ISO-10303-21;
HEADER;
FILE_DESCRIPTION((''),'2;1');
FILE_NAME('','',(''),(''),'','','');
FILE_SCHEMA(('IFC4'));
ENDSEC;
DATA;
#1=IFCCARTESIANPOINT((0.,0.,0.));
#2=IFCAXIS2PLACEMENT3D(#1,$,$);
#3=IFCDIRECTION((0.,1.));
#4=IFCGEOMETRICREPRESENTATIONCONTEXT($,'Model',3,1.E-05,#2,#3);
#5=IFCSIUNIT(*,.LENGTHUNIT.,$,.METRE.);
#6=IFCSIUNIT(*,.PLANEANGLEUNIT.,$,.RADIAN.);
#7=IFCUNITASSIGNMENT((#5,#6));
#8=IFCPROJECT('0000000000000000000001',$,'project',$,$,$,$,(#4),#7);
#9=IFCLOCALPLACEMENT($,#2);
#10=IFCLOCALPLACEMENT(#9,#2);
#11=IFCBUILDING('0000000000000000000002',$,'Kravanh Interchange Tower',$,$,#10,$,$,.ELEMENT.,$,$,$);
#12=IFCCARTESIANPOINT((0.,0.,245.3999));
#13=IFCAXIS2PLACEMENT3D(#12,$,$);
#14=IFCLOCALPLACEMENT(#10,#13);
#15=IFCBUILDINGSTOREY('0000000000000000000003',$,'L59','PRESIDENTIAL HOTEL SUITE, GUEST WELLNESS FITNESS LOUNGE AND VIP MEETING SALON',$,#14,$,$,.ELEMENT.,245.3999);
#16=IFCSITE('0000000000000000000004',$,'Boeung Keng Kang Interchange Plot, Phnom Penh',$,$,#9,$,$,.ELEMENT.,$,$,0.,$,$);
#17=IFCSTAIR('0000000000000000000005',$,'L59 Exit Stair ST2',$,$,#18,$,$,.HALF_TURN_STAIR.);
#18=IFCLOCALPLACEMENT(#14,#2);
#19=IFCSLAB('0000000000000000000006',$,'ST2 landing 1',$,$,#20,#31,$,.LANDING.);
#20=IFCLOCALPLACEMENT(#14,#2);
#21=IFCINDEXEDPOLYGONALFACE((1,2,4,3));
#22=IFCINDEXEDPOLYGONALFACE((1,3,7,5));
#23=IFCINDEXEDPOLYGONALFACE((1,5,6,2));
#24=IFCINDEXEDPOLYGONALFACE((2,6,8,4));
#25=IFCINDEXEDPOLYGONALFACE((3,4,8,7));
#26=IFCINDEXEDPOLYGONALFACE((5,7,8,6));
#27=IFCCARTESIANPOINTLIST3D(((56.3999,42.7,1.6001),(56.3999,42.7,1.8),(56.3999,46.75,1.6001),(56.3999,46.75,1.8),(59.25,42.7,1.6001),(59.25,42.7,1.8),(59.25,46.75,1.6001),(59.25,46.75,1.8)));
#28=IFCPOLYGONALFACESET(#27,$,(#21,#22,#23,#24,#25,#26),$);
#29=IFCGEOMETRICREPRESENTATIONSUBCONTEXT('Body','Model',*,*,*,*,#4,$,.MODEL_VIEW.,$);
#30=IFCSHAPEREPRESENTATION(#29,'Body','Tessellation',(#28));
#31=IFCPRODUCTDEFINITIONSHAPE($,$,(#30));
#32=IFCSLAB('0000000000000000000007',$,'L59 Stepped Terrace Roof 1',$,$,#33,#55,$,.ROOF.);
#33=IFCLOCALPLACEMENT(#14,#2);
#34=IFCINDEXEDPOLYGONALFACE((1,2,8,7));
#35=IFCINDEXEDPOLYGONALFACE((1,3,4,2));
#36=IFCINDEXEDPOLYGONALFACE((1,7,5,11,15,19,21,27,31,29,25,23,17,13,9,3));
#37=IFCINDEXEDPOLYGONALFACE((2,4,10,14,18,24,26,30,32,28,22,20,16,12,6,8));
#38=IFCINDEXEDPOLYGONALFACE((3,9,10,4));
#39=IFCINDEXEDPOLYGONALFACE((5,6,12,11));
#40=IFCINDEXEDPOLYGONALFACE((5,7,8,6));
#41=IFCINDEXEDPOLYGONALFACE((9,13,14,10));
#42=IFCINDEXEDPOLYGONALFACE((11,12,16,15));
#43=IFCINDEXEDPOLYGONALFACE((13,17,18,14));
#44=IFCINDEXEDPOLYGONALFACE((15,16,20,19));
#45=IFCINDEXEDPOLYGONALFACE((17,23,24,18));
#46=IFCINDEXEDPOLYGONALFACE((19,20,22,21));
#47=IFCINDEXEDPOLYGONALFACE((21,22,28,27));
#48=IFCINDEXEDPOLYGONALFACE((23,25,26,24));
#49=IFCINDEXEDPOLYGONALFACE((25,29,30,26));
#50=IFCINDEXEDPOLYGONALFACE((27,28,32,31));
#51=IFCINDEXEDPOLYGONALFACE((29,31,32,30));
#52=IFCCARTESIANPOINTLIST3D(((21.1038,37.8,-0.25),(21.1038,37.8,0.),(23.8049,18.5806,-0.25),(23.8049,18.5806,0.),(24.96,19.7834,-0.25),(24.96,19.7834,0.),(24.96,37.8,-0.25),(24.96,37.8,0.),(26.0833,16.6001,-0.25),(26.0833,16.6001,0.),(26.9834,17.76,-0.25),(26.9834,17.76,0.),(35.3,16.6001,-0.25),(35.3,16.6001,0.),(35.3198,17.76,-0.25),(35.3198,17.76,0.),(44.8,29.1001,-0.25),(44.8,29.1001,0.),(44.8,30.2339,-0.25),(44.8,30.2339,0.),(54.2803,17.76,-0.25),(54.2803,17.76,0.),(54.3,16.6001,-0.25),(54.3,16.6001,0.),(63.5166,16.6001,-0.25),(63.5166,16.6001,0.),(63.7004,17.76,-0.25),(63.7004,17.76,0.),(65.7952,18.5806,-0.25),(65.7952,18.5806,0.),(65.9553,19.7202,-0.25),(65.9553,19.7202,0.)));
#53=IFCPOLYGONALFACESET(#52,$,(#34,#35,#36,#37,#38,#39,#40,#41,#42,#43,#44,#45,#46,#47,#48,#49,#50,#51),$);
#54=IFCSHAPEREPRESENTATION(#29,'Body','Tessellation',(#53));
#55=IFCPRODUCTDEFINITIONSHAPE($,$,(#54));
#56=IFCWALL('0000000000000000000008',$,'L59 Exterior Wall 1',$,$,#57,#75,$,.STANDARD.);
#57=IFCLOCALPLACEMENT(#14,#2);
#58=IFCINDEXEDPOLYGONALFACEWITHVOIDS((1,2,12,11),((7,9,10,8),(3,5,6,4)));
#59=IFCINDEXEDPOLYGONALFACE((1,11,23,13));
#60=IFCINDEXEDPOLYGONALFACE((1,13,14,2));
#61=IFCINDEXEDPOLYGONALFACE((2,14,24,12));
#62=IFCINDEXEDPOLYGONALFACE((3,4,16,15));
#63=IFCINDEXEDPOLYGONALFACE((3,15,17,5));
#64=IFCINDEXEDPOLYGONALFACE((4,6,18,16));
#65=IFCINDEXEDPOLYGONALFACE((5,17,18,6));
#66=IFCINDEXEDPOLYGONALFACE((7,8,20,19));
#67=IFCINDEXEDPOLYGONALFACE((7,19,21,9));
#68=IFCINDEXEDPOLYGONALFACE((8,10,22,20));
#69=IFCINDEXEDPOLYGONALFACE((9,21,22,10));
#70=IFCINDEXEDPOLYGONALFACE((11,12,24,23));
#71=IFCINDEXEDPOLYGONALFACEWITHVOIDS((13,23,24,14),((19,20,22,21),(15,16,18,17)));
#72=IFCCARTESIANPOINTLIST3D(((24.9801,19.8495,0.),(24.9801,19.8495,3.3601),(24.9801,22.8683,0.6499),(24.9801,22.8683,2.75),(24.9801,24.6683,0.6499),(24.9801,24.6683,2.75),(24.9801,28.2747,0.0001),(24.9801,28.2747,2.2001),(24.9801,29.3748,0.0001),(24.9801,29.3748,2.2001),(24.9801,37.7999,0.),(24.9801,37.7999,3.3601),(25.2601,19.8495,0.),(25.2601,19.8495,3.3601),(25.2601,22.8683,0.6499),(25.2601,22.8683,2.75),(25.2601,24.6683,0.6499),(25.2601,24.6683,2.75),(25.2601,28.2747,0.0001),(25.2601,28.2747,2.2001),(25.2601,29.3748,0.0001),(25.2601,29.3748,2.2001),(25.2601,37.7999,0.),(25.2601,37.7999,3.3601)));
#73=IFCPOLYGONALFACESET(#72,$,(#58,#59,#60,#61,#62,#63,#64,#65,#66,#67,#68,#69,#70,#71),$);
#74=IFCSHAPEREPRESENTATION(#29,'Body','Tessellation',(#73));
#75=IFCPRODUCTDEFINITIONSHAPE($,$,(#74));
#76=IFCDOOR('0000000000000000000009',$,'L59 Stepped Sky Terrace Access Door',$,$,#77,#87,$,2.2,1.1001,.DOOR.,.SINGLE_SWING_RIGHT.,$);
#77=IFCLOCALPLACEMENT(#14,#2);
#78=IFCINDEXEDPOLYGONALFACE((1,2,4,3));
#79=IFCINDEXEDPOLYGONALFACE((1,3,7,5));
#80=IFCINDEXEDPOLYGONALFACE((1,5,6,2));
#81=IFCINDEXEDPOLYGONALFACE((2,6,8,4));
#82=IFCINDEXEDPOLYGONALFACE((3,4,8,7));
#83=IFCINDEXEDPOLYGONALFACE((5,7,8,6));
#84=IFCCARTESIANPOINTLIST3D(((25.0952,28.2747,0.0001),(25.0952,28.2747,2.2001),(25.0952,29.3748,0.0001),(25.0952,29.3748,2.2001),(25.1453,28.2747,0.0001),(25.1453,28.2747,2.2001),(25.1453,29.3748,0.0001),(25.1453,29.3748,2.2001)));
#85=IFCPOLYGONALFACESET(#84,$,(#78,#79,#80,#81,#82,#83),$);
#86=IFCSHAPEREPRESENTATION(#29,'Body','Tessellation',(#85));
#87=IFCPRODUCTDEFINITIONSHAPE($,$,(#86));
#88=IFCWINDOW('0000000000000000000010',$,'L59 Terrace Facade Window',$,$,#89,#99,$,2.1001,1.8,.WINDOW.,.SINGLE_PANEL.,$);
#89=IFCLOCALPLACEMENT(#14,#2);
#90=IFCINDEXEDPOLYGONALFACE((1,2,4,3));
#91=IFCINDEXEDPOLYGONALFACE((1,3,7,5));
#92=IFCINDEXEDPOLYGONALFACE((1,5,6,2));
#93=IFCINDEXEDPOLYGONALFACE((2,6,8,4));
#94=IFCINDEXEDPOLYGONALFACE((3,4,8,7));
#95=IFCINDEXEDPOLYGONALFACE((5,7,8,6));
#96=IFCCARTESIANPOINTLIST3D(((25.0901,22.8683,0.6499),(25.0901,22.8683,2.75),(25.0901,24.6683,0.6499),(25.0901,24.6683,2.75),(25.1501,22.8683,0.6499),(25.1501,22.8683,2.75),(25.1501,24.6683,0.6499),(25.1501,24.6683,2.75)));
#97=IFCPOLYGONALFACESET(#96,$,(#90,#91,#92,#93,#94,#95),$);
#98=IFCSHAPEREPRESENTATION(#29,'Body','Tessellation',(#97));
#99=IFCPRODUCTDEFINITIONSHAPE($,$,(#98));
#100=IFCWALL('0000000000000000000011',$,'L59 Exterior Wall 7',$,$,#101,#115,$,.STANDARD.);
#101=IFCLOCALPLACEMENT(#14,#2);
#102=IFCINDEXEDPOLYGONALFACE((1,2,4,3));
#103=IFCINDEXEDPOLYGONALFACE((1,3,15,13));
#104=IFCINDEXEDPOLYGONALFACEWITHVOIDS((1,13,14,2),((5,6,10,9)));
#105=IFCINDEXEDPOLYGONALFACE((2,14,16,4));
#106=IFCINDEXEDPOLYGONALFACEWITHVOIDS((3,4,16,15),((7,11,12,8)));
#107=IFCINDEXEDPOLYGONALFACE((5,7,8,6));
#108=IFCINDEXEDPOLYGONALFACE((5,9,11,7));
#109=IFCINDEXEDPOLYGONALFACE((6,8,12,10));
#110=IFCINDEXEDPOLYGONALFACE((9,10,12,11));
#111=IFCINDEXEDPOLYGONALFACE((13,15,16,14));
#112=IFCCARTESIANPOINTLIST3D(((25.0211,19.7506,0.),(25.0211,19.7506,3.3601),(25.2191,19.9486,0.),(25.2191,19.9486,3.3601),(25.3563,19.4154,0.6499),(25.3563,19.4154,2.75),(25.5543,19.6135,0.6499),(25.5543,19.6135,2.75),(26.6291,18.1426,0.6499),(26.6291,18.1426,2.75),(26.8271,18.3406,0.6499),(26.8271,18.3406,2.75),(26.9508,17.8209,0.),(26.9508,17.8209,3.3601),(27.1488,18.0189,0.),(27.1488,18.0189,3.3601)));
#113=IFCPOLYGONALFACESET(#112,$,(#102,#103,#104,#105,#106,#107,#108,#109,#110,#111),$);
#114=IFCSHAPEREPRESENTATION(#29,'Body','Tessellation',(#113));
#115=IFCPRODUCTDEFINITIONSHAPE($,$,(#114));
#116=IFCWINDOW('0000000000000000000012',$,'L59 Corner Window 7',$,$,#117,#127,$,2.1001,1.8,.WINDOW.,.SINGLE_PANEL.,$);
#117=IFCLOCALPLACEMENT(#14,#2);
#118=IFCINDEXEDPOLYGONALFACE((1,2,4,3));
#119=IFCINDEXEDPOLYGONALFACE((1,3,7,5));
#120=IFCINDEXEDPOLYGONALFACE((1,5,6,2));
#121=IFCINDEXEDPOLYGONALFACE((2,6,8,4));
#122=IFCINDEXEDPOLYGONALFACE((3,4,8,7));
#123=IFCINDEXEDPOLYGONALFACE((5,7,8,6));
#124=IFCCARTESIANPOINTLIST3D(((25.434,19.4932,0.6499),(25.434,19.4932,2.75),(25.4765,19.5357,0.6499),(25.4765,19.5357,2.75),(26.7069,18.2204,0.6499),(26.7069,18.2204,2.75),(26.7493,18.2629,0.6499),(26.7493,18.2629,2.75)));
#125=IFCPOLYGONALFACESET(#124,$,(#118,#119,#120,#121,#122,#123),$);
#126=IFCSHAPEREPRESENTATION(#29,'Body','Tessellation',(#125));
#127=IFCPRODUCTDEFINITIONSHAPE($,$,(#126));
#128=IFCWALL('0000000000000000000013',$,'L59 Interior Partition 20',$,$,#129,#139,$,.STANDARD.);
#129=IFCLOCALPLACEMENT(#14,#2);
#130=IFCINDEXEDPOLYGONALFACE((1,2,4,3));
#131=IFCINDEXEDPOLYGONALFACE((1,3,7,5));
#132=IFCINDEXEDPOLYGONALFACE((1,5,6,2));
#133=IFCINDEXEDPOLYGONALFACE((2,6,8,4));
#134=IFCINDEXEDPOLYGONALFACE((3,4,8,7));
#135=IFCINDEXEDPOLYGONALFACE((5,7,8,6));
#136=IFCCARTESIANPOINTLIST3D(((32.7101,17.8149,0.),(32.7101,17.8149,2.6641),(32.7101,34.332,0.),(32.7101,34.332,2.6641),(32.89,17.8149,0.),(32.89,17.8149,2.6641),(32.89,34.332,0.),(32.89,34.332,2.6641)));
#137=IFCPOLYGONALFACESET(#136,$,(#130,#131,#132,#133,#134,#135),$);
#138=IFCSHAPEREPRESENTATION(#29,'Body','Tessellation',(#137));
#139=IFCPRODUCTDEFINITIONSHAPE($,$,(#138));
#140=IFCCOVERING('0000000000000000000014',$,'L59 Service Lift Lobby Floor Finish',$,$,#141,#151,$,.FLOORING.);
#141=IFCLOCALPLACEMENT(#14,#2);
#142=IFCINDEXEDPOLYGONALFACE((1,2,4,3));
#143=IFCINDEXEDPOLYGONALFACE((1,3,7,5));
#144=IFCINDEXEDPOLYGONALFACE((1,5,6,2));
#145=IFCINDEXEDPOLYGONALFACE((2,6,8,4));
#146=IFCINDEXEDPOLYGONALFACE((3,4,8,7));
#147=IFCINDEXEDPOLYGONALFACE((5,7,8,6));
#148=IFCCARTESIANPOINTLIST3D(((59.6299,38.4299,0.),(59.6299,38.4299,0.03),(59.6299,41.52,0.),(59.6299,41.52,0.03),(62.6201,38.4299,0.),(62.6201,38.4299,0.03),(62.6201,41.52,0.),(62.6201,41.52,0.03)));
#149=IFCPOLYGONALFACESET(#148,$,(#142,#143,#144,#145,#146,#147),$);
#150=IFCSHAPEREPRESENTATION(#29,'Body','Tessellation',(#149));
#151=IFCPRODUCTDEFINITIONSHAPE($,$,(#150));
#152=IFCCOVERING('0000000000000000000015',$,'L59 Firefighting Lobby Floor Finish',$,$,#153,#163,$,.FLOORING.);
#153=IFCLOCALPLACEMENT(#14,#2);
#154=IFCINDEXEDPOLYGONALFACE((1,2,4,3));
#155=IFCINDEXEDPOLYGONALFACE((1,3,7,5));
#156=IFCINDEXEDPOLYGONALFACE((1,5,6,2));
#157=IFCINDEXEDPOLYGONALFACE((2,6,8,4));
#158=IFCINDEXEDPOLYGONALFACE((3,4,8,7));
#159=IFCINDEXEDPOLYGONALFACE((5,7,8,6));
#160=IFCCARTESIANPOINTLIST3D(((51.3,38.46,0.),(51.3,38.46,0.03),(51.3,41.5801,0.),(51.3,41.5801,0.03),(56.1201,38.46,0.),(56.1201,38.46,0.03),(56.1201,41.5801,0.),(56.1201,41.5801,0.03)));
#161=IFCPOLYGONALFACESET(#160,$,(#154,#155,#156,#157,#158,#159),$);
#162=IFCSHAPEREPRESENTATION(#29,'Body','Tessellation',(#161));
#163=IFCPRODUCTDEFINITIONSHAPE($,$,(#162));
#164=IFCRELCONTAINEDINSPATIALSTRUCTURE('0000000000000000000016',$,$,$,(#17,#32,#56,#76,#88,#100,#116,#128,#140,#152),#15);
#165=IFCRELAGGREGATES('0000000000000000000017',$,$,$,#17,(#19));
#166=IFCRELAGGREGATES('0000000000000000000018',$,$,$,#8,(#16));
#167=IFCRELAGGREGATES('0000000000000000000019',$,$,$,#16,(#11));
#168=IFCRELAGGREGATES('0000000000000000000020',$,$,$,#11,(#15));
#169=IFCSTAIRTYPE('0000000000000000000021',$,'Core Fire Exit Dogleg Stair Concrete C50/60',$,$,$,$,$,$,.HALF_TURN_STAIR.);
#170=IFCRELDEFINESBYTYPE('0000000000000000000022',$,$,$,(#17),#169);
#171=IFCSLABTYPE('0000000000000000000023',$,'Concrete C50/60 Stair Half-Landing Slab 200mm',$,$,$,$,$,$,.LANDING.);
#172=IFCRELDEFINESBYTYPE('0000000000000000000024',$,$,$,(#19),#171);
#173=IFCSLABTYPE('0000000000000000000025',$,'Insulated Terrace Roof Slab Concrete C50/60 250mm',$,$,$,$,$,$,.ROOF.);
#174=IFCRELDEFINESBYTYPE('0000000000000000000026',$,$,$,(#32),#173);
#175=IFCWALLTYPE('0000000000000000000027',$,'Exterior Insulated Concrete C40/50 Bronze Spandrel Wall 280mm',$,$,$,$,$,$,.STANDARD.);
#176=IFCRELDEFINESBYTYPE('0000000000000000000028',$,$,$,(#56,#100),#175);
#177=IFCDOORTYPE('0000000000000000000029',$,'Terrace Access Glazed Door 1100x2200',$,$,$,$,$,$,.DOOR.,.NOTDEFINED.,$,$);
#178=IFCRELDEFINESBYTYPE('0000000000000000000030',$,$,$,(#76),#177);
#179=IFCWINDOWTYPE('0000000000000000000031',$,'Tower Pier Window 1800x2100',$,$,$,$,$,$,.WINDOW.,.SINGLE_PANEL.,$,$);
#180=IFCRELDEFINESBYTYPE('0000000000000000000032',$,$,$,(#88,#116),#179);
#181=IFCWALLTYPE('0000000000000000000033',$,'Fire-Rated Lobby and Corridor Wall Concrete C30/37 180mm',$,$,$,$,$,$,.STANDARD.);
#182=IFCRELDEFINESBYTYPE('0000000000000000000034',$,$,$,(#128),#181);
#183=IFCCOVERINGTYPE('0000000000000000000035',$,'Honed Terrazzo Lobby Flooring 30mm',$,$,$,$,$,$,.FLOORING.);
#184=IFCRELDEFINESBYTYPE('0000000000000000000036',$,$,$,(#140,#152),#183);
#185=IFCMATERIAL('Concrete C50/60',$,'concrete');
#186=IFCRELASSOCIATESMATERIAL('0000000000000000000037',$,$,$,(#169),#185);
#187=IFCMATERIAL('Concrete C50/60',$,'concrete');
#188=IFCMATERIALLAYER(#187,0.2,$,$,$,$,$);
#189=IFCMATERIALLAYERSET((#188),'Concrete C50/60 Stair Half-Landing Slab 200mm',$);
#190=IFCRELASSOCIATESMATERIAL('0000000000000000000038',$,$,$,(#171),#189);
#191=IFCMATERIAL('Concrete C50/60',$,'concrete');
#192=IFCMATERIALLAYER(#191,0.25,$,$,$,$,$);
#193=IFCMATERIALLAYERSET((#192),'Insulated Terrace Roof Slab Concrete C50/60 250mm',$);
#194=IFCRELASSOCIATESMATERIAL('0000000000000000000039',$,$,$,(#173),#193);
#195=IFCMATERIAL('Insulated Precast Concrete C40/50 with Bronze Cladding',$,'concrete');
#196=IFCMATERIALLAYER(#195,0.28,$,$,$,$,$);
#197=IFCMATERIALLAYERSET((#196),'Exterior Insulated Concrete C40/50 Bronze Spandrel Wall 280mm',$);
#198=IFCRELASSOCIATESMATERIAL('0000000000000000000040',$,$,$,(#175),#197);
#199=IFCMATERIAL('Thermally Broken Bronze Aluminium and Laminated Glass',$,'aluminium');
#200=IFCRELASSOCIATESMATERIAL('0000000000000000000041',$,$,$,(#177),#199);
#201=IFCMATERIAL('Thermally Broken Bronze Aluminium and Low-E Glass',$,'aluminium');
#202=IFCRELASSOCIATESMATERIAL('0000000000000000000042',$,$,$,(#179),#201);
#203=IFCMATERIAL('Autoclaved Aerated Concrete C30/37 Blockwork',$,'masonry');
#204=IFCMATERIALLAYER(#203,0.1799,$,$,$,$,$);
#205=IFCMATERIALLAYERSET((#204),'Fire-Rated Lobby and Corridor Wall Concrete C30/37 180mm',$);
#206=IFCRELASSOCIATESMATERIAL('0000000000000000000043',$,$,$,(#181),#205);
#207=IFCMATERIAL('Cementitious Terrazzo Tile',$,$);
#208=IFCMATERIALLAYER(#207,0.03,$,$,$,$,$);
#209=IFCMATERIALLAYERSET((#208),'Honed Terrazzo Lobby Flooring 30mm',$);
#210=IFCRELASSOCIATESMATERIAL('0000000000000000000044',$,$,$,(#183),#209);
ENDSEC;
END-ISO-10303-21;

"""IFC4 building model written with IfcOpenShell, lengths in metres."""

from ifc_helpers import new_model, si_unit, direction, frame, frame_2d, origin, place, context, subcontext, project, spatial, polyline, rectangle, outline, extrude, material, layer, layer_set, type_object, element, fill, aggregate, save


model = new_model("IFC4")

# Units and contexts
model_context = context("Model", 3, precision=1e-05, world=origin(), true_north=direction((0.0, 1.0)))
body_context = subcontext(model_context, "Body", "Model", "MODEL_VIEW")
ifc_project = project(units=[si_unit("LENGTHUNIT", "METRE"), si_unit("PLANEANGLEUNIT", "RADIAN")], contexts=[model_context])

# Site, building, storey
site_placement = place(None, origin())
site = spatial("IfcSite", under=ifc_project, at=site_placement, Name="Boeung Keng Kang Interchange Plot, Phnom Penh", CompositionType="ELEMENT", RefElevation=0.0)
building_placement = place(site_placement, origin())
building = spatial("IfcBuilding", under=site, at=building_placement, Name="Kravanh Interchange Tower", CompositionType="ELEMENT")
storey_placement = place(building_placement, frame((0.0, 0.0, 245.3999)))
storey = spatial("IfcBuildingStorey", under=building, at=storey_placement, Name="L59", Description="PRESIDENTIAL HOTEL SUITE, GUEST WELLNESS FITNESS LOUNGE AND VIP MEETING SALON", CompositionType="ELEMENT", Elevation=245.3999)

# Stair, slab
ifc_material_1 = material(Name="Concrete C50/60", Category="concrete")
stair_type = type_object("IfcStairType", Name="Core Fire Exit Dogleg Stair Concrete C50/60", PredefinedType="HALF_TURN_STAIR", material=ifc_material_1)
ifc_material_2 = material(Name="Concrete C50/60", Category="concrete")
ifc_layer_1 = layer(ifc_material_2, 0.2)
ifc_layer_set_1 = layer_set([ifc_layer_1], Name="Concrete C50/60 Stair Half-Landing Slab 200mm")
slab_type_1 = type_object("IfcSlabType", Name="Concrete C50/60 Stair Half-Landing Slab 200mm", PredefinedType="LANDING", material=ifc_layer_set_1)
stair_1_placement = place(storey_placement, origin())
stair_1 = element("IfcStair", 1, at=stair_1_placement, inside=storey, type_object=stair_type, Name="L59 Exit Stair ST2", PredefinedType="HALF_TURN_STAIR")
slab_1_placement = place(storey_placement, frame((0.0, 0.0, 1.6001)))
slab_1 = element("IfcSlab", 2, at=slab_1_placement, type_object=slab_type_1, Name="ST2 landing 1", PredefinedType="LANDING", context=body_context, shape_type="SweptSolid", body=[
    extrude(outline(polyline([(59.25, 42.7), (59.25, 46.75), (56.3999, 46.75), (56.3999, 42.7), (59.25, 42.7)])), origin(), (0.0, 0.0, 1.0), 0.2),
])
aggregate(stair_1, [slab_1])

# Slab
ifc_material_3 = material(Name="Concrete C50/60", Category="concrete")
ifc_layer_2 = layer(ifc_material_3, 0.25)
ifc_layer_set_2 = layer_set([ifc_layer_2], Name="Insulated Terrace Roof Slab Concrete C50/60 250mm")
slab_type_2 = type_object("IfcSlabType", Name="Insulated Terrace Roof Slab Concrete C50/60 250mm", PredefinedType="ROOF", material=ifc_layer_set_2)
slab_2_placement = place(storey_placement, frame((0.0, 0.0, -0.25)))
element("IfcSlab", 3, at=slab_2_placement, inside=storey, type_object=slab_type_2, Name="L59 Stepped Terrace Roof 1", PredefinedType="ROOF", context=body_context, shape_type="SweptSolid", body=[
    extrude(outline(polyline([(63.5166, 16.6001), (54.3, 16.6001), (44.8, 29.1001), (35.3, 16.6001), (26.0833, 16.6001), (23.8049, 18.5806), (21.1038, 37.8), (24.96, 37.8), (24.96, 19.7834), (26.9834, 17.76), (35.3198, 17.76), (44.8, 30.2339), (54.2803, 17.76), (63.7004, 17.76), (65.9553, 19.7202), (65.7952, 18.5806), (63.5166, 16.6001)])), origin(), (0.0, 0.0, 1.0), 0.25),
])

# Wall, openings, door, window
ifc_material_4 = material(Name="Insulated Precast Concrete C40/50 with Bronze Cladding", Category="concrete")
ifc_layer_3 = layer(ifc_material_4, 0.28)
ifc_layer_set_3 = layer_set([ifc_layer_3], Name="Exterior Insulated Concrete C40/50 Bronze Spandrel Wall 280mm")
wall_type_1 = type_object("IfcWallType", Name="Exterior Insulated Concrete C40/50 Bronze Spandrel Wall 280mm", PredefinedType="STANDARD", material=ifc_layer_set_3)
wall_1_placement = place(storey_placement, frame((25.1201, 19.8496, 0.0), z_axis=(0.0, 0.0, 1.0), x_axis=(0.0, 1.0, 0.0)))
wall_1 = element("IfcWall", 4, at=wall_1_placement, inside=storey, type_object=wall_type_1, Name="L59 Exterior Wall 1", PredefinedType="STANDARD", context=body_context, shape_type="SweptSolid", body=[
    extrude(rectangle(XDim=17.9504, YDim=0.28, at=frame_2d((8.9751, 0.0))), origin(), (0.0, 0.0, 1.0), 3.3601),
])
opening_1_placement = place(wall_1_placement, frame((8.425, 0.0, 0.0)))
opening_1 = element("IfcOpeningElement", 5, at=opening_1_placement, cuts=wall_1, PredefinedType="OPENING", context=body_context, shape_type="SweptSolid", body=[
    extrude(rectangle(XDim=1.1001, YDim=2.2, at=frame_2d((0.55, 1.1001))), frame((0.0, 0.1499, 0.0), z_axis=(0.0, -1.0, 0.0), x_axis=(1.0, 0.0, 0.0)), (0.0, 0.0, 1.0), 0.3),
])
opening_2_placement = place(wall_1_placement, frame((3.0188, 0.0, 0.6499)))
opening_2 = element("IfcOpeningElement", 6, at=opening_2_placement, cuts=wall_1, PredefinedType="OPENING", context=body_context, shape_type="SweptSolid", body=[
    extrude(rectangle(XDim=1.8, YDim=2.1001, at=frame_2d((0.8999, 1.05))), frame((0.0, 0.1499, 0.0), z_axis=(0.0, -1.0, 0.0), x_axis=(1.0, 0.0, 0.0)), (0.0, 0.0, 1.0), 0.3),
])
ifc_material_5 = material(Name="Thermally Broken Bronze Aluminium and Laminated Glass", Category="aluminium")
door_type = type_object("IfcDoorType", Name="Terrace Access Glazed Door 1100x2200", OperationType="NOTDEFINED", PredefinedType="DOOR", material=ifc_material_5)
door_placement = place(opening_1_placement, origin())
door = element("IfcDoor", 7, at=door_placement, inside=storey, type_object=door_type, Name="L59 Stepped Sky Terrace Access Door", OperationType="SINGLE_SWING_RIGHT", OverallHeight=2.2, OverallWidth=1.1001, PredefinedType="DOOR", context=body_context, shape_type="SweptSolid", body=[
    extrude(rectangle(XDim=1.1001, YDim=2.2, at=frame_2d((0.55, 1.1001))), frame((0.0, 0.0249, 0.0), z_axis=(0.0, -1.0, 0.0), x_axis=(1.0, 0.0, 0.0)), (0.0, 0.0, 1.0), 0.05),
])
fill(opening_1, door)
ifc_material_6 = material(Name="Thermally Broken Bronze Aluminium and Low-E Glass", Category="aluminium")
window_type = type_object("IfcWindowType", Name="Tower Pier Window 1800x2100", PartitioningType="SINGLE_PANEL", PredefinedType="WINDOW", material=ifc_material_6)
window_1_placement = place(opening_2_placement, origin())
window_1 = element("IfcWindow", 8, at=window_1_placement, inside=storey, type_object=window_type, Name="L59 Terrace Facade Window", OverallHeight=2.1001, OverallWidth=1.8, PartitioningType="SINGLE_PANEL", PredefinedType="WINDOW", context=body_context, shape_type="SweptSolid", body=[
    extrude(rectangle(XDim=1.8, YDim=2.1001, at=frame_2d((0.8999, 1.05))), frame((0.0, 0.03, 0.0), z_axis=(0.0, -1.0, 0.0), x_axis=(1.0, 0.0, 0.0)), (0.0, 0.0, 1.0), 0.0601),
])
fill(opening_2, window_1)

# Wall, opening, window
wall_2_placement = place(storey_placement, frame((27.0498, 17.9199, 0.0), z_axis=(0.0, 0.0, 1.0), x_axis=(-0.707107, 0.707107, 0.0)))
wall_2 = element("IfcWall", 9, at=wall_2_placement, inside=storey, type_object=wall_type_1, Name="L59 Exterior Wall 7", PredefinedType="STANDARD", context=body_context, shape_type="SweptSolid", body=[
    extrude(rectangle(XDim=2.729, YDim=0.28, at=frame_2d((1.3645, 0.0))), origin(), (0.0, 0.0, 1.0), 3.3601),
])
opening_3_placement = place(wall_2_placement, frame((0.4551, 0.0, 0.6499)))
opening_3 = element("IfcOpeningElement", 10, at=opening_3_placement, cuts=wall_2, PredefinedType="OPENING", context=body_context, shape_type="SweptSolid", body=[
    extrude(rectangle(XDim=1.8, YDim=2.1001, at=frame_2d((0.8999, 1.05))), frame((0.0, 0.1499, 0.0), z_axis=(0.0, -1.0, 0.0), x_axis=(1.0, 0.0, 0.0)), (0.0, 0.0, 1.0), 0.3),
])
window_2_placement = place(opening_3_placement, origin())
window_2 = element("IfcWindow", 11, at=window_2_placement, inside=storey, type_object=window_type, Name="L59 Corner Window 7", OverallHeight=2.1001, OverallWidth=1.8, PartitioningType="SINGLE_PANEL", PredefinedType="WINDOW", context=body_context, shape_type="SweptSolid", body=[
    extrude(rectangle(XDim=1.8, YDim=2.1001, at=frame_2d((0.8999, 1.05))), frame((0.0, 0.03, 0.0), z_axis=(0.0, -1.0, 0.0), x_axis=(1.0, 0.0, 0.0)), (0.0, 0.0, 1.0), 0.0601),
])
fill(opening_3, window_2)

# Wall
ifc_material_7 = material(Name="Autoclaved Aerated Concrete C30/37 Blockwork", Category="masonry")
ifc_layer_4 = layer(ifc_material_7, 0.1799)
ifc_layer_set_4 = layer_set([ifc_layer_4], Name="Fire-Rated Lobby and Corridor Wall Concrete C30/37 180mm")
wall_type_2 = type_object("IfcWallType", Name="Fire-Rated Lobby and Corridor Wall Concrete C30/37 180mm", PredefinedType="STANDARD", material=ifc_layer_set_4)
wall_3_placement = place(storey_placement, frame((32.8, 17.8149, 0.0), z_axis=(0.0, 0.0, 1.0), x_axis=(0.0, 1.0, 0.0)))
element("IfcWall", 12, at=wall_3_placement, inside=storey, type_object=wall_type_2, Name="L59 Interior Partition 20", PredefinedType="STANDARD", context=body_context, shape_type="SweptSolid", body=[
    extrude(rectangle(XDim=16.5171, YDim=0.1799, at=frame_2d((8.2585, 0.0))), origin(), (0.0, 0.0, 1.0), 2.6641),
])

# Coverings
ifc_material_8 = material(Name="Cementitious Terrazzo Tile")
ifc_layer_5 = layer(ifc_material_8, 0.03)
ifc_layer_set_5 = layer_set([ifc_layer_5], Name="Honed Terrazzo Lobby Flooring 30mm")
covering_type_1 = type_object("IfcCoveringType", Name="Honed Terrazzo Lobby Flooring 30mm", PredefinedType="FLOORING", material=ifc_layer_set_5)
covering_1_placement = place(storey_placement, origin())
element("IfcCovering", 13, at=covering_1_placement, inside=storey, type_object=covering_type_1, Name="L59 Service Lift Lobby Floor Finish", PredefinedType="FLOORING", context=body_context, shape_type="SweptSolid", body=[
    extrude(outline(polyline([(59.6299, 41.52), (62.6201, 41.52), (62.6201, 38.4299), (59.6299, 38.4299), (59.6299, 41.52)])), origin(), (0.0, 0.0, 1.0), 0.03),
])
covering_2_placement = place(storey_placement, origin())
element("IfcCovering", 14, at=covering_2_placement, inside=storey, type_object=covering_type_1, Name="L59 Firefighting Lobby Floor Finish", PredefinedType="FLOORING", context=body_context, shape_type="SweptSolid", body=[
    extrude(outline(polyline([(56.1201, 38.46), (51.3, 38.46), (51.3, 41.5801), (56.1201, 41.5801), (56.1201, 38.46)])), origin(), (0.0, 0.0, 1.0), 0.03),
])

save(model, "model.ifc")
